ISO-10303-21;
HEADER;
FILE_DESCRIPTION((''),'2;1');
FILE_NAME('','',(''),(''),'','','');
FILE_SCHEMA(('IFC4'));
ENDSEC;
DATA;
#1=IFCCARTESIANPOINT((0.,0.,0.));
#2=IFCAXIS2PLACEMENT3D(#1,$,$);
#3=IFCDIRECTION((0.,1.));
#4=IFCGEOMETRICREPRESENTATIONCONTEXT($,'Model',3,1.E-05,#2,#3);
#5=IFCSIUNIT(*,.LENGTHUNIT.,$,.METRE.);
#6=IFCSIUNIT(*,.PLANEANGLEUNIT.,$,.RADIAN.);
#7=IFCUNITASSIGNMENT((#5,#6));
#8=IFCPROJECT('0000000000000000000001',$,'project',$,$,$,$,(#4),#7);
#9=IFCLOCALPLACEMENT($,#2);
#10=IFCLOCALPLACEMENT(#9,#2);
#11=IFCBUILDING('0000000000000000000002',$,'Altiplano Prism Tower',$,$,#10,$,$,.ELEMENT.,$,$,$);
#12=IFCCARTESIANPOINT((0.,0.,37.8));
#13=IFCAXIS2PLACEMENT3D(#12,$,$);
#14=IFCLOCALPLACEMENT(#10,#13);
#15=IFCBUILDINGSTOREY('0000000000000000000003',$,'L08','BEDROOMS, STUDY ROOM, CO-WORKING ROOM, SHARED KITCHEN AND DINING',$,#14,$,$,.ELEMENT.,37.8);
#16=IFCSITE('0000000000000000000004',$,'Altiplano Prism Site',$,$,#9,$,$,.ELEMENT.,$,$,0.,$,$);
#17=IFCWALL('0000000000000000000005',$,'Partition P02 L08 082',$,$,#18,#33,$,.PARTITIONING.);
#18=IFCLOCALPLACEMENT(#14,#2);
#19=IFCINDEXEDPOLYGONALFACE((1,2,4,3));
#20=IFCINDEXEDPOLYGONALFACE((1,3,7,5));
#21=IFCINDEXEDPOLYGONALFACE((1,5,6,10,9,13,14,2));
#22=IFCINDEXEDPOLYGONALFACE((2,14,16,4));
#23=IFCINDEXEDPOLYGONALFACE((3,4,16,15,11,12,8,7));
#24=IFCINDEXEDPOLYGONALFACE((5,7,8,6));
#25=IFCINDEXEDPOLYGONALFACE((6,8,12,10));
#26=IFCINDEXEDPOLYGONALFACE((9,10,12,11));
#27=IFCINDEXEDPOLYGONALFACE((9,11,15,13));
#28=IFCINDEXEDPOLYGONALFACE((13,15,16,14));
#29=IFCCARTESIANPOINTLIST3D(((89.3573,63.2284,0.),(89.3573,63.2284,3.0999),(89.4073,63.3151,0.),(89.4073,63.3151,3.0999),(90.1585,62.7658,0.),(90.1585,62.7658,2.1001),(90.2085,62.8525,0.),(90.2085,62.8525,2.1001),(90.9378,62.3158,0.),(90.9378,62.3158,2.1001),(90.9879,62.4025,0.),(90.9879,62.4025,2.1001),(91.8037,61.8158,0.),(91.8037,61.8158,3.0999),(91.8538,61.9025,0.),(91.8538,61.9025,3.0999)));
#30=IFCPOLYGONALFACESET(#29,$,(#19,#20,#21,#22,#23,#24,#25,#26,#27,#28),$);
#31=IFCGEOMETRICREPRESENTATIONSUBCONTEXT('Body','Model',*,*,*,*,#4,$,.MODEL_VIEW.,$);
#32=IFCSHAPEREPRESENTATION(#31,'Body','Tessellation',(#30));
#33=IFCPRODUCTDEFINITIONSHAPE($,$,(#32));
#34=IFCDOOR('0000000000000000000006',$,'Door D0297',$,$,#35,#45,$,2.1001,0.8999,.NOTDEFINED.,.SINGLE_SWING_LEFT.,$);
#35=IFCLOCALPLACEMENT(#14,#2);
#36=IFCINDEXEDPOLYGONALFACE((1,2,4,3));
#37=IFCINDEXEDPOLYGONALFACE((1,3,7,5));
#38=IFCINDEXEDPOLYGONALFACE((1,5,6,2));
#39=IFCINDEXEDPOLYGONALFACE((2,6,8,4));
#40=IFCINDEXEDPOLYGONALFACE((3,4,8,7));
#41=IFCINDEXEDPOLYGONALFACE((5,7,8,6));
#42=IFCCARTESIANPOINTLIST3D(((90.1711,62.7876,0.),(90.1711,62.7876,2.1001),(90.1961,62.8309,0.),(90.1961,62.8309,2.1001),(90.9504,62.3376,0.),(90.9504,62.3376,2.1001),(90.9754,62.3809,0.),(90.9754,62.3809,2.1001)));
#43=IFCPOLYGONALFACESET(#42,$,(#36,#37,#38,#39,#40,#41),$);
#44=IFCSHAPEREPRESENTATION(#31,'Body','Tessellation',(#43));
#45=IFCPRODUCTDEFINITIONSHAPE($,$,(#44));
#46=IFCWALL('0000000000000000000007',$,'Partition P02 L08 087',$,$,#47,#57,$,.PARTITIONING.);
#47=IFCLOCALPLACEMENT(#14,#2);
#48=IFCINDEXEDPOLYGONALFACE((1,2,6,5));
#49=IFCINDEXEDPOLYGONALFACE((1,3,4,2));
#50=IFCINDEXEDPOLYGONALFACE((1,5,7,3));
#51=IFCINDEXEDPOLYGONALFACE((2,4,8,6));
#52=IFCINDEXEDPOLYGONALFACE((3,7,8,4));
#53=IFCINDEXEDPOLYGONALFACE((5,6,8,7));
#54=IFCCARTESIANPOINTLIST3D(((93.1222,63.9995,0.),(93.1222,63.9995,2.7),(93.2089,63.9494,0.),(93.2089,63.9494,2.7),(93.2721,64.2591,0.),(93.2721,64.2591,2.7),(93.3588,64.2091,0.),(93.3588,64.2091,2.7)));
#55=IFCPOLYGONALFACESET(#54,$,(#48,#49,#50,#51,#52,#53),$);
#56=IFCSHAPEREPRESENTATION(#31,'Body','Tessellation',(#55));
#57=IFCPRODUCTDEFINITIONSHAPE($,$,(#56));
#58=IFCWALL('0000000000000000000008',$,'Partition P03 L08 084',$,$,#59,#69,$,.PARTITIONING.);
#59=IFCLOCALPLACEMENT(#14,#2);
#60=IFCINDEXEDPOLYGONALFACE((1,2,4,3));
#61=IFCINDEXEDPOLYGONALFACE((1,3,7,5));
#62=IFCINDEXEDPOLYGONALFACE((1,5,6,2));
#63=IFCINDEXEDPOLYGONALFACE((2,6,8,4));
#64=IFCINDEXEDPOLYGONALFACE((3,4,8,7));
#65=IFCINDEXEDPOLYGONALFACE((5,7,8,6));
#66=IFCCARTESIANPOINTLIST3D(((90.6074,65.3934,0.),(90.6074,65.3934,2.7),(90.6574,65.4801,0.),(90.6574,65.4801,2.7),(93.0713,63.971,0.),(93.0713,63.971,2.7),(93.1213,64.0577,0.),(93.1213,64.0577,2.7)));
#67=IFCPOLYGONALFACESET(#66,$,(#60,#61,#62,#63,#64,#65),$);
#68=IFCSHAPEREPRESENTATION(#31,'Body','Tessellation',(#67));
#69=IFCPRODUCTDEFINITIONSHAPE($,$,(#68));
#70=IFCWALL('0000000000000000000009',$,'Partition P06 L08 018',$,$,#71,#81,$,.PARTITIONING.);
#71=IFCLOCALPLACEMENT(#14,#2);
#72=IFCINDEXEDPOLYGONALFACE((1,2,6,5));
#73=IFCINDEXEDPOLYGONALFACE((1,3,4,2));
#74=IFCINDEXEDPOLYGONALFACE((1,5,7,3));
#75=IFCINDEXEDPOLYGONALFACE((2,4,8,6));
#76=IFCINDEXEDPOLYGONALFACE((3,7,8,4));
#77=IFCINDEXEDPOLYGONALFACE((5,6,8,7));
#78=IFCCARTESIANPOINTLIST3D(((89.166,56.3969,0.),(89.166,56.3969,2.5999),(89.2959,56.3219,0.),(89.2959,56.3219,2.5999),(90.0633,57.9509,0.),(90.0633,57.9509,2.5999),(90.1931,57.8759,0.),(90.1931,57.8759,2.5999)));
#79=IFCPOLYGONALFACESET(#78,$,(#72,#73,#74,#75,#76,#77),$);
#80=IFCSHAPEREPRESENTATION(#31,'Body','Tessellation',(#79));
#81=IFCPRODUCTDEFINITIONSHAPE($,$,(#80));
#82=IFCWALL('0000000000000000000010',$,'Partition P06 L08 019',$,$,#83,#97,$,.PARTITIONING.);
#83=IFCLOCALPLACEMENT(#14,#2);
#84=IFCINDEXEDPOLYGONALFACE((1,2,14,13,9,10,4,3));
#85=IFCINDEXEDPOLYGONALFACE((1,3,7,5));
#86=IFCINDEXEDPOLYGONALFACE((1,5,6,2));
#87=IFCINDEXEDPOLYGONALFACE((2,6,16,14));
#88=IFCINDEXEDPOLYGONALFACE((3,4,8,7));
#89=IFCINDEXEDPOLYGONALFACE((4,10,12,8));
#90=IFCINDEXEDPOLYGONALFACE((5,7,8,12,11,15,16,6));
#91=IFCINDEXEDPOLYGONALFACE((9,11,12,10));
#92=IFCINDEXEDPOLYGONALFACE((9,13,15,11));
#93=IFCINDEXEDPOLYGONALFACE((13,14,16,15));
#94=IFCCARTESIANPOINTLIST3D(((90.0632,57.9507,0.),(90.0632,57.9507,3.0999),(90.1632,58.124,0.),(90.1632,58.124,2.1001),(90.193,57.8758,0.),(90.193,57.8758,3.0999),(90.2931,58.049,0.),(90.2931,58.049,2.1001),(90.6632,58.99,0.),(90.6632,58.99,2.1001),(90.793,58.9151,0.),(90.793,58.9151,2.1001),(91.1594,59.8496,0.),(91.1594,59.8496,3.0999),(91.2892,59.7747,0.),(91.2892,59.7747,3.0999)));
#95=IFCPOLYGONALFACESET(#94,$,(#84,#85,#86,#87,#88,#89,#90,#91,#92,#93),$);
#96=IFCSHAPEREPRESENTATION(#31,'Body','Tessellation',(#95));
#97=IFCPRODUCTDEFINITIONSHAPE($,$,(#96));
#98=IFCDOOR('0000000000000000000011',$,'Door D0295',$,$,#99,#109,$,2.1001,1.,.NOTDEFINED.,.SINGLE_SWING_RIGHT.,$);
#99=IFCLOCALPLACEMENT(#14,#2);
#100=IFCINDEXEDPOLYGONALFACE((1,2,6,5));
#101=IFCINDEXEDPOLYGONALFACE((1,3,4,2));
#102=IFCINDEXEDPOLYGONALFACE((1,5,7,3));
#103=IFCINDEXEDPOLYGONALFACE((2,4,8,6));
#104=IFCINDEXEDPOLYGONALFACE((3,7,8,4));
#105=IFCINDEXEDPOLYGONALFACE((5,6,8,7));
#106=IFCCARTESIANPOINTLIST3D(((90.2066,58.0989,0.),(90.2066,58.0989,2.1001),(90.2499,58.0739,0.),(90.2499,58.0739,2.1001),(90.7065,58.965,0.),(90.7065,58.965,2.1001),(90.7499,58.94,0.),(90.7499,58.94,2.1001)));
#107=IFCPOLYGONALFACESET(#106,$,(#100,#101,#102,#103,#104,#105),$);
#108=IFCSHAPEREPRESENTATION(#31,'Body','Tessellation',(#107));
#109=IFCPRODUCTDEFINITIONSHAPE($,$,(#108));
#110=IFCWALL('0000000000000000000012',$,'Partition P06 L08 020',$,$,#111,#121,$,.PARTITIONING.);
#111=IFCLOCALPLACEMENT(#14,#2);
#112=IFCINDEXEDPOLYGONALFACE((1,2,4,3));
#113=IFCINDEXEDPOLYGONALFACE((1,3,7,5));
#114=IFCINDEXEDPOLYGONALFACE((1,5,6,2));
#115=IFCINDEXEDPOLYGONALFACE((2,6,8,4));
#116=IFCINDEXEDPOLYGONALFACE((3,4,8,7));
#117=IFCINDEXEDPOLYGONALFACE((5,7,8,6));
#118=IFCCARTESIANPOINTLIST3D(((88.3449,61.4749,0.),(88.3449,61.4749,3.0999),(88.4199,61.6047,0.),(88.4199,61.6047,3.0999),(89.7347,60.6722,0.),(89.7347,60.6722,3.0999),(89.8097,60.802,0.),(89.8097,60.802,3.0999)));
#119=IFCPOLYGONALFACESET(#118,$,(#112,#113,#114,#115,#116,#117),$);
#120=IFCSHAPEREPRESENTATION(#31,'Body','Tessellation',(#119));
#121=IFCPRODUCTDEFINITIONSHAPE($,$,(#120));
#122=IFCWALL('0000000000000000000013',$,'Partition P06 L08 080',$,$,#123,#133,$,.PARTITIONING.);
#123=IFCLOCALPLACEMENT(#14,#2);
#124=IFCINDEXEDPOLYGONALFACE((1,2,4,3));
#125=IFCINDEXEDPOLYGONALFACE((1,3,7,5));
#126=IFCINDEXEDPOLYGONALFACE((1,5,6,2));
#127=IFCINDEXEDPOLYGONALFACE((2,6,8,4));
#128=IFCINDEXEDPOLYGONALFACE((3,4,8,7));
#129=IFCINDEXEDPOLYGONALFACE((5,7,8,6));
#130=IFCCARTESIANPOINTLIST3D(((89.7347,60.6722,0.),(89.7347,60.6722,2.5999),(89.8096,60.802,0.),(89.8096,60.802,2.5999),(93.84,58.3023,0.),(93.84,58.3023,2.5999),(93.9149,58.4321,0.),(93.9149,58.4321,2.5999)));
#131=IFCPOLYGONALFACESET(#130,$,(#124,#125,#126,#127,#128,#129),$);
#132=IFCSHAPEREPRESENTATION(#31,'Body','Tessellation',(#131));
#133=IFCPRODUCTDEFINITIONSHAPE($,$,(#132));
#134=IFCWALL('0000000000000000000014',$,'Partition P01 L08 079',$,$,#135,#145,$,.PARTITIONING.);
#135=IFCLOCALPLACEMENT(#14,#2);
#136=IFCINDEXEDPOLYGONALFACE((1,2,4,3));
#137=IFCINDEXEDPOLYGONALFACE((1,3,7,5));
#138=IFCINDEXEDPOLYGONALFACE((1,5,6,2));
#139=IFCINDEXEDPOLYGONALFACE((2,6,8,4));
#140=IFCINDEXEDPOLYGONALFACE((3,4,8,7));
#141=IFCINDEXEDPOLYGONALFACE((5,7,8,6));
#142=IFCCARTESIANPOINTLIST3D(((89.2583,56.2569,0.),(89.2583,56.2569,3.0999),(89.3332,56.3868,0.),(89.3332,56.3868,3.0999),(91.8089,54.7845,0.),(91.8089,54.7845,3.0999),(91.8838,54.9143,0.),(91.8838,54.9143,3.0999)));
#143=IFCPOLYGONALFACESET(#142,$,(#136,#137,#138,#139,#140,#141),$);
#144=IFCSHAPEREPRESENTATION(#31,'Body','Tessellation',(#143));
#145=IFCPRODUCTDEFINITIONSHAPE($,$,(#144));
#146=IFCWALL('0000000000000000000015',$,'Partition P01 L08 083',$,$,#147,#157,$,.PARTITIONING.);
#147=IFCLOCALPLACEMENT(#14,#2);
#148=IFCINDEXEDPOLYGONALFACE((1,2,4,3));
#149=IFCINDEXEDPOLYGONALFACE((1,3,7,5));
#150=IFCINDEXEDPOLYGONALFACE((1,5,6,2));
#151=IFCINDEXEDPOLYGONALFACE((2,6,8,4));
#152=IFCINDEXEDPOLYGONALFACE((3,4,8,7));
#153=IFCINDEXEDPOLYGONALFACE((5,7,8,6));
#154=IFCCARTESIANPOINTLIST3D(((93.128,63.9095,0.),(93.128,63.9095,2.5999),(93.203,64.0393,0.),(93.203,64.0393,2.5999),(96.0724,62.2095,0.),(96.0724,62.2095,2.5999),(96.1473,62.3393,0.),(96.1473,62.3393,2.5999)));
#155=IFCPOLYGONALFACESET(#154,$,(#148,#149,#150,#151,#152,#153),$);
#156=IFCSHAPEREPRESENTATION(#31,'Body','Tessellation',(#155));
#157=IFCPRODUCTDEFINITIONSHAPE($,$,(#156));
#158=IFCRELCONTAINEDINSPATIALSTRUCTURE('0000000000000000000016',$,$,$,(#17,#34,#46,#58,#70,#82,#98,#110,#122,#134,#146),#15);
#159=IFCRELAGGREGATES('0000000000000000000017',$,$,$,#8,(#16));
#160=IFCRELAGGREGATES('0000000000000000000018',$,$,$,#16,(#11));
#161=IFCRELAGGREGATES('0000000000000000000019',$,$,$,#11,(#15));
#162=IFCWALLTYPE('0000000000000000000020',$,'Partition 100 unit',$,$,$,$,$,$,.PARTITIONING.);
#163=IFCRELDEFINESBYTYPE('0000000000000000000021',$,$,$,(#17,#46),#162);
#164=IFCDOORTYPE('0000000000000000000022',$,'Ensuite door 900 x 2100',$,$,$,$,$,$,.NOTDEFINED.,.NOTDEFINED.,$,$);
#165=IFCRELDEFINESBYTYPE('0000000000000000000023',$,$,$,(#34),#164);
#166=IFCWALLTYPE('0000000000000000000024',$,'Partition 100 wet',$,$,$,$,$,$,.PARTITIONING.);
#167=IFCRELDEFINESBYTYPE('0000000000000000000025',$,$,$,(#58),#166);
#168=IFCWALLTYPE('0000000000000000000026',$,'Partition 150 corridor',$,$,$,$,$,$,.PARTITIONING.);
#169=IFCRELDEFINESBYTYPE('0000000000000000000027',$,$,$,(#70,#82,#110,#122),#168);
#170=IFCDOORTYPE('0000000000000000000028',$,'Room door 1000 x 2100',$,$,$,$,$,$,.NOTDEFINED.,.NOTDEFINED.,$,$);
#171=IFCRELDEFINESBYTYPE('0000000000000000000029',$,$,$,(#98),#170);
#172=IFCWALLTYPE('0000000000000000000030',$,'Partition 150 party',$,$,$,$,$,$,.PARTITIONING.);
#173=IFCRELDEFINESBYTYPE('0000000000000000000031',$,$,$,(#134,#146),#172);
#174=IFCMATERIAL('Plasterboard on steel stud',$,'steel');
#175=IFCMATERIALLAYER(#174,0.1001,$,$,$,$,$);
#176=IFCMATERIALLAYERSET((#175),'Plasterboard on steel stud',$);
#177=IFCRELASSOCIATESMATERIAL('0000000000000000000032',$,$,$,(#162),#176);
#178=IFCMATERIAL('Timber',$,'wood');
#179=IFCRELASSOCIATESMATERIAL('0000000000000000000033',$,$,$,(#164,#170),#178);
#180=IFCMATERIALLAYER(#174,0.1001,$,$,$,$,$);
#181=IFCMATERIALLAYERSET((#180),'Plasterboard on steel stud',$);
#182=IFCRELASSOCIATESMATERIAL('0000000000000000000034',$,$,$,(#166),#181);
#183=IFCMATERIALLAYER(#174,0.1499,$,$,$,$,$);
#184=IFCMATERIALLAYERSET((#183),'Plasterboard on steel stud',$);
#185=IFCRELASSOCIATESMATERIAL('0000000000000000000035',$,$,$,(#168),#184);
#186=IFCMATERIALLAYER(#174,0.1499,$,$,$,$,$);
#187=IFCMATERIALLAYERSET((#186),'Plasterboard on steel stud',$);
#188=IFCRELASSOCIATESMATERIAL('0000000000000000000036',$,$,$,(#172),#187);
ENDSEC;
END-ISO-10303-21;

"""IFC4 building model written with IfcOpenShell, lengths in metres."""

from ifc_helpers import new_model, si_unit, direction, frame, frame_2d, origin, place, context, subcontext, project, spatial, rectangle, extrude, material, layer, layer_set, type_object, element, fill, save


model = new_model("IFC4")

# Units and contexts
model_context = context("Model", 3, precision=1e-05, world=origin(), true_north=direction((0.0, 1.0)))
body_context = subcontext(model_context, "Body", "Model", "MODEL_VIEW")
ifc_project = project(units=[si_unit("LENGTHUNIT", "METRE"), si_unit("PLANEANGLEUNIT", "RADIAN")], contexts=[model_context])

# Site, building, storey
site_placement = place(None, origin())
site = spatial("IfcSite", under=ifc_project, at=site_placement, Name="Altiplano Prism Site", CompositionType="ELEMENT", RefElevation=0.0)
building_placement = place(site_placement, origin())
building = spatial("IfcBuilding", under=site, at=building_placement, Name="Altiplano Prism Tower", CompositionType="ELEMENT")
storey_placement = place(building_placement, frame((0.0, 0.0, 37.8)))
storey = spatial("IfcBuildingStorey", under=building, at=storey_placement, Name="L08", Description="BEDROOMS, STUDY ROOM, CO-WORKING ROOM, SHARED KITCHEN AND DINING", CompositionType="ELEMENT", Elevation=37.8)

# Shared definitions
ifc_material_1 = material(Name="Plasterboard on steel stud", Category="steel")
ifc_layer_1 = layer(ifc_material_1, 0.1001)
ifc_layer_set_1 = layer_set([ifc_layer_1], Name="Plasterboard on steel stud")
wall_type_1 = type_object("IfcWallType", Name="Partition 100 unit", PredefinedType="PARTITIONING", material=ifc_layer_set_1)

# Wall, opening, door
wall_1_placement = place(storey_placement, frame((91.8289, 61.8591, 0.0), z_axis=(0.0, 0.0, 1.0), x_axis=(-0.866011, 0.500024, 0.0)))
wall_1 = element("IfcWall", 1, at=wall_1_placement, inside=storey, type_object=wall_type_1, Name="Partition P02 L08 082", PredefinedType="PARTITIONING", context=body_context, shape_type="SweptSolid", body=[
    extrude(rectangle(XDim=2.825, YDim=0.1001, at=frame_2d((1.4126, 0.0))), origin(), (0.0, 0.0, 1.0), 3.0999),
])
opening_1_placement = place(wall_1_placement, frame((1.0, 0.0, 0.0)))
opening_1 = element("IfcOpeningElement", 2, at=opening_1_placement, cuts=wall_1, PredefinedType="OPENING", context=body_context, shape_type="SweptSolid", body=[
    extrude(rectangle(XDim=0.8999, YDim=2.1001, at=frame_2d((0.45, 1.05))), frame((0.0, 0.0605, 0.0), z_axis=(0.0, -1.0, 0.0), x_axis=(1.0, 0.0, 0.0)), (0.0, 0.0, 1.0), 0.1211),
])
ifc_material_2 = material(Name="Timber", Category="wood")
door_type_1 = type_object("IfcDoorType", Name="Ensuite door 900 x 2100", OperationType="NOTDEFINED", PredefinedType="NOTDEFINED", material=ifc_material_2)
door_1_placement = place(opening_1_placement, origin())
door_1 = element("IfcDoor", 3, at=door_1_placement, inside=storey, type_object=door_type_1, Name="Door D0297", OperationType="SINGLE_SWING_LEFT", OverallHeight=2.1001, OverallWidth=0.8999, PredefinedType="NOTDEFINED", context=body_context, shape_type="SweptSolid", body=[
    extrude(rectangle(XDim=0.8999, YDim=2.1001, at=frame_2d((0.45, 1.05))), frame((0.0, 0.0249, 0.0), z_axis=(0.0, -1.0, 0.0), x_axis=(1.0, 0.0, 0.0)), (0.0, 0.0, 1.0), 0.05),
])
fill(opening_1, door_1)

# Walls
wall_2_placement = place(storey_placement, frame((93.3154, 64.2341, 0.0), z_axis=(0.0, 0.0, 1.0), x_axis=(-0.499816, -0.866131, 0.0)))
element("IfcWall", 4, at=wall_2_placement, inside=storey, type_object=wall_type_1, Name="Partition P02 L08 087", PredefinedType="PARTITIONING", context=body_context, shape_type="SweptSolid", body=[
    extrude(rectangle(XDim=0.2998, YDim=0.1001, at=frame_2d((0.1499, 0.0))), origin(), (0.0, 0.0, 1.0), 2.7),
])
ifc_layer_2 = layer(ifc_material_1, 0.1001)
ifc_layer_set_2 = layer_set([ifc_layer_2], Name="Plasterboard on steel stud")
wall_type_2 = type_object("IfcWallType", Name="Partition 100 wet", PredefinedType="PARTITIONING", material=ifc_layer_set_2)
wall_3_placement = place(storey_placement, frame((93.0962, 64.0144, 0.0), z_axis=(0.0, 0.0, 1.0), x_axis=(-0.866048, 0.49996, 0.0)))
element("IfcWall", 5, at=wall_3_placement, inside=storey, type_object=wall_type_2, Name="Partition P03 L08 084", PredefinedType="PARTITIONING", context=body_context, shape_type="SweptSolid", body=[
    extrude(rectangle(XDim=2.845, YDim=0.1001, at=frame_2d((1.4224, 0.0))), origin(), (0.0, 0.0, 1.0), 2.7),
])
ifc_layer_3 = layer(ifc_material_1, 0.1499)
ifc_layer_set_3 = layer_set([ifc_layer_3], Name="Plasterboard on steel stud")
wall_type_3 = type_object("IfcWallType", Name="Partition 150 corridor", PredefinedType="PARTITIONING", material=ifc_layer_set_3)
wall_4_placement = place(storey_placement, frame((89.231, 56.3594, 0.0), z_axis=(0.0, 0.0, 1.0), x_axis=(0.500017, 0.866016, 0.0)))
element("IfcWall", 6, at=wall_4_placement, inside=storey, type_object=wall_type_3, Name="Partition P06 L08 018", PredefinedType="PARTITIONING", context=body_context, shape_type="SweptSolid", body=[
    extrude(rectangle(XDim=1.7944, YDim=0.1499, at=frame_2d((0.8972, 0.0))), origin(), (0.0, 0.0, 1.0), 2.5999),
])

# Wall, opening, door
wall_5_placement = place(storey_placement, frame((90.1282, 57.9133, 0.0), z_axis=(0.0, 0.0, 1.0), x_axis=(0.499947, 0.866056, 0.0)))
wall_5 = element("IfcWall", 7, at=wall_5_placement, inside=storey, type_object=wall_type_3, Name="Partition P06 L08 019", PredefinedType="PARTITIONING", context=body_context, shape_type="SweptSolid", body=[
    extrude(rectangle(XDim=2.1926, YDim=0.1499, at=frame_2d((1.0962, 0.0))), origin(), (0.0, 0.0, 1.0), 3.0999),
])
opening_2_placement = place(wall_5_placement, frame((0.2, 0.0, 0.0)))
opening_2 = element("IfcOpeningElement", 8, at=opening_2_placement, cuts=wall_5, PredefinedType="OPENING", context=body_context, shape_type="SweptSolid", body=[
    extrude(rectangle(XDim=1.0, YDim=2.1001, at=frame_2d((0.5, 1.05))), frame((0.0, 0.0854, 0.0), z_axis=(0.0, -1.0, 0.0), x_axis=(1.0, 0.0, 0.0)), (0.0, 0.0, 1.0), 0.1709),
])
door_type_2 = type_object("IfcDoorType", Name="Room door 1000 x 2100", OperationType="NOTDEFINED", PredefinedType="NOTDEFINED", material=ifc_material_2)
door_2_placement = place(opening_2_placement, origin())
door_2 = element("IfcDoor", 9, at=door_2_placement, inside=storey, type_object=door_type_2, Name="Door D0295", OperationType="SINGLE_SWING_RIGHT", OverallHeight=2.1001, OverallWidth=1.0, PredefinedType="NOTDEFINED", context=body_context, shape_type="SweptSolid", body=[
    extrude(rectangle(XDim=1.0, YDim=2.1001, at=frame_2d((0.5, 1.05))), frame((0.0, 0.0249, 0.0), z_axis=(0.0, -1.0, 0.0), x_axis=(1.0, 0.0, 0.0)), (0.0, 0.0, 1.0), 0.05),
])
fill(opening_2, door_2)

# Walls
wall_6_placement = place(storey_placement, frame((89.7722, 60.7371, 0.0), z_axis=(0.0, 0.0, 1.0), x_axis=(-0.86595, 0.500131, 0.0)))
element("IfcWall", 10, at=wall_6_placement, inside=storey, type_object=wall_type_3, Name="Partition P06 L08 020", PredefinedType="PARTITIONING", context=body_context, shape_type="SweptSolid", body=[
    extrude(rectangle(XDim=1.605, YDim=0.1499, at=frame_2d((0.8025, 0.0))), origin(), (0.0, 0.0, 1.0), 3.0999),
])
wall_7_placement = place(storey_placement, frame((93.8774, 58.3672, 0.0), z_axis=(0.0, 0.0, 1.0), x_axis=(-0.866051, 0.499956, 0.0)))
element("IfcWall", 11, at=wall_7_placement, inside=storey, type_object=wall_type_3, Name="Partition P06 L08 080", PredefinedType="PARTITIONING", context=body_context, shape_type="SweptSolid", body=[
    extrude(rectangle(XDim=4.7402, YDim=0.1499, at=frame_2d((2.3701, 0.0))), origin(), (0.0, 0.0, 1.0), 2.5999),
])
ifc_layer_4 = layer(ifc_material_1, 0.1499)
ifc_layer_set_4 = layer_set([ifc_layer_4], Name="Plasterboard on steel stud")
wall_type_4 = type_object("IfcWallType", Name="Partition 150 party", PredefinedType="PARTITIONING", material=ifc_layer_set_4)
wall_8_placement = place(storey_placement, frame((91.8464, 54.8494, 0.0), z_axis=(0.0, 0.0, 1.0), x_axis=(-0.866046, 0.499964, 0.0)))
element("IfcWall", 12, at=wall_8_placement, inside=storey, type_object=wall_type_4, Name="Partition P01 L08 079", PredefinedType="PARTITIONING", context=body_context, shape_type="SweptSolid", body=[
    extrude(rectangle(XDim=2.9451, YDim=0.1499, at=frame_2d((1.4727, 0.0))), origin(), (0.0, 0.0, 1.0), 3.0999),
])
wall_9_placement = place(storey_placement, frame((96.1099, 62.2744, 0.0), z_axis=(0.0, 0.0, 1.0), x_axis=(-0.866021, 0.500008, 0.0)))
element("IfcWall", 13, at=wall_9_placement, inside=storey, type_object=wall_type_4, Name="Partition P01 L08 083", PredefinedType="PARTITIONING", context=body_context, shape_type="SweptSolid", body=[
    extrude(rectangle(XDim=3.3999, YDim=0.1499, at=frame_2d((1.7, 0.0))), origin(), (0.0, 0.0, 1.0), 2.5999),
])

save(model, "model.ifc")
